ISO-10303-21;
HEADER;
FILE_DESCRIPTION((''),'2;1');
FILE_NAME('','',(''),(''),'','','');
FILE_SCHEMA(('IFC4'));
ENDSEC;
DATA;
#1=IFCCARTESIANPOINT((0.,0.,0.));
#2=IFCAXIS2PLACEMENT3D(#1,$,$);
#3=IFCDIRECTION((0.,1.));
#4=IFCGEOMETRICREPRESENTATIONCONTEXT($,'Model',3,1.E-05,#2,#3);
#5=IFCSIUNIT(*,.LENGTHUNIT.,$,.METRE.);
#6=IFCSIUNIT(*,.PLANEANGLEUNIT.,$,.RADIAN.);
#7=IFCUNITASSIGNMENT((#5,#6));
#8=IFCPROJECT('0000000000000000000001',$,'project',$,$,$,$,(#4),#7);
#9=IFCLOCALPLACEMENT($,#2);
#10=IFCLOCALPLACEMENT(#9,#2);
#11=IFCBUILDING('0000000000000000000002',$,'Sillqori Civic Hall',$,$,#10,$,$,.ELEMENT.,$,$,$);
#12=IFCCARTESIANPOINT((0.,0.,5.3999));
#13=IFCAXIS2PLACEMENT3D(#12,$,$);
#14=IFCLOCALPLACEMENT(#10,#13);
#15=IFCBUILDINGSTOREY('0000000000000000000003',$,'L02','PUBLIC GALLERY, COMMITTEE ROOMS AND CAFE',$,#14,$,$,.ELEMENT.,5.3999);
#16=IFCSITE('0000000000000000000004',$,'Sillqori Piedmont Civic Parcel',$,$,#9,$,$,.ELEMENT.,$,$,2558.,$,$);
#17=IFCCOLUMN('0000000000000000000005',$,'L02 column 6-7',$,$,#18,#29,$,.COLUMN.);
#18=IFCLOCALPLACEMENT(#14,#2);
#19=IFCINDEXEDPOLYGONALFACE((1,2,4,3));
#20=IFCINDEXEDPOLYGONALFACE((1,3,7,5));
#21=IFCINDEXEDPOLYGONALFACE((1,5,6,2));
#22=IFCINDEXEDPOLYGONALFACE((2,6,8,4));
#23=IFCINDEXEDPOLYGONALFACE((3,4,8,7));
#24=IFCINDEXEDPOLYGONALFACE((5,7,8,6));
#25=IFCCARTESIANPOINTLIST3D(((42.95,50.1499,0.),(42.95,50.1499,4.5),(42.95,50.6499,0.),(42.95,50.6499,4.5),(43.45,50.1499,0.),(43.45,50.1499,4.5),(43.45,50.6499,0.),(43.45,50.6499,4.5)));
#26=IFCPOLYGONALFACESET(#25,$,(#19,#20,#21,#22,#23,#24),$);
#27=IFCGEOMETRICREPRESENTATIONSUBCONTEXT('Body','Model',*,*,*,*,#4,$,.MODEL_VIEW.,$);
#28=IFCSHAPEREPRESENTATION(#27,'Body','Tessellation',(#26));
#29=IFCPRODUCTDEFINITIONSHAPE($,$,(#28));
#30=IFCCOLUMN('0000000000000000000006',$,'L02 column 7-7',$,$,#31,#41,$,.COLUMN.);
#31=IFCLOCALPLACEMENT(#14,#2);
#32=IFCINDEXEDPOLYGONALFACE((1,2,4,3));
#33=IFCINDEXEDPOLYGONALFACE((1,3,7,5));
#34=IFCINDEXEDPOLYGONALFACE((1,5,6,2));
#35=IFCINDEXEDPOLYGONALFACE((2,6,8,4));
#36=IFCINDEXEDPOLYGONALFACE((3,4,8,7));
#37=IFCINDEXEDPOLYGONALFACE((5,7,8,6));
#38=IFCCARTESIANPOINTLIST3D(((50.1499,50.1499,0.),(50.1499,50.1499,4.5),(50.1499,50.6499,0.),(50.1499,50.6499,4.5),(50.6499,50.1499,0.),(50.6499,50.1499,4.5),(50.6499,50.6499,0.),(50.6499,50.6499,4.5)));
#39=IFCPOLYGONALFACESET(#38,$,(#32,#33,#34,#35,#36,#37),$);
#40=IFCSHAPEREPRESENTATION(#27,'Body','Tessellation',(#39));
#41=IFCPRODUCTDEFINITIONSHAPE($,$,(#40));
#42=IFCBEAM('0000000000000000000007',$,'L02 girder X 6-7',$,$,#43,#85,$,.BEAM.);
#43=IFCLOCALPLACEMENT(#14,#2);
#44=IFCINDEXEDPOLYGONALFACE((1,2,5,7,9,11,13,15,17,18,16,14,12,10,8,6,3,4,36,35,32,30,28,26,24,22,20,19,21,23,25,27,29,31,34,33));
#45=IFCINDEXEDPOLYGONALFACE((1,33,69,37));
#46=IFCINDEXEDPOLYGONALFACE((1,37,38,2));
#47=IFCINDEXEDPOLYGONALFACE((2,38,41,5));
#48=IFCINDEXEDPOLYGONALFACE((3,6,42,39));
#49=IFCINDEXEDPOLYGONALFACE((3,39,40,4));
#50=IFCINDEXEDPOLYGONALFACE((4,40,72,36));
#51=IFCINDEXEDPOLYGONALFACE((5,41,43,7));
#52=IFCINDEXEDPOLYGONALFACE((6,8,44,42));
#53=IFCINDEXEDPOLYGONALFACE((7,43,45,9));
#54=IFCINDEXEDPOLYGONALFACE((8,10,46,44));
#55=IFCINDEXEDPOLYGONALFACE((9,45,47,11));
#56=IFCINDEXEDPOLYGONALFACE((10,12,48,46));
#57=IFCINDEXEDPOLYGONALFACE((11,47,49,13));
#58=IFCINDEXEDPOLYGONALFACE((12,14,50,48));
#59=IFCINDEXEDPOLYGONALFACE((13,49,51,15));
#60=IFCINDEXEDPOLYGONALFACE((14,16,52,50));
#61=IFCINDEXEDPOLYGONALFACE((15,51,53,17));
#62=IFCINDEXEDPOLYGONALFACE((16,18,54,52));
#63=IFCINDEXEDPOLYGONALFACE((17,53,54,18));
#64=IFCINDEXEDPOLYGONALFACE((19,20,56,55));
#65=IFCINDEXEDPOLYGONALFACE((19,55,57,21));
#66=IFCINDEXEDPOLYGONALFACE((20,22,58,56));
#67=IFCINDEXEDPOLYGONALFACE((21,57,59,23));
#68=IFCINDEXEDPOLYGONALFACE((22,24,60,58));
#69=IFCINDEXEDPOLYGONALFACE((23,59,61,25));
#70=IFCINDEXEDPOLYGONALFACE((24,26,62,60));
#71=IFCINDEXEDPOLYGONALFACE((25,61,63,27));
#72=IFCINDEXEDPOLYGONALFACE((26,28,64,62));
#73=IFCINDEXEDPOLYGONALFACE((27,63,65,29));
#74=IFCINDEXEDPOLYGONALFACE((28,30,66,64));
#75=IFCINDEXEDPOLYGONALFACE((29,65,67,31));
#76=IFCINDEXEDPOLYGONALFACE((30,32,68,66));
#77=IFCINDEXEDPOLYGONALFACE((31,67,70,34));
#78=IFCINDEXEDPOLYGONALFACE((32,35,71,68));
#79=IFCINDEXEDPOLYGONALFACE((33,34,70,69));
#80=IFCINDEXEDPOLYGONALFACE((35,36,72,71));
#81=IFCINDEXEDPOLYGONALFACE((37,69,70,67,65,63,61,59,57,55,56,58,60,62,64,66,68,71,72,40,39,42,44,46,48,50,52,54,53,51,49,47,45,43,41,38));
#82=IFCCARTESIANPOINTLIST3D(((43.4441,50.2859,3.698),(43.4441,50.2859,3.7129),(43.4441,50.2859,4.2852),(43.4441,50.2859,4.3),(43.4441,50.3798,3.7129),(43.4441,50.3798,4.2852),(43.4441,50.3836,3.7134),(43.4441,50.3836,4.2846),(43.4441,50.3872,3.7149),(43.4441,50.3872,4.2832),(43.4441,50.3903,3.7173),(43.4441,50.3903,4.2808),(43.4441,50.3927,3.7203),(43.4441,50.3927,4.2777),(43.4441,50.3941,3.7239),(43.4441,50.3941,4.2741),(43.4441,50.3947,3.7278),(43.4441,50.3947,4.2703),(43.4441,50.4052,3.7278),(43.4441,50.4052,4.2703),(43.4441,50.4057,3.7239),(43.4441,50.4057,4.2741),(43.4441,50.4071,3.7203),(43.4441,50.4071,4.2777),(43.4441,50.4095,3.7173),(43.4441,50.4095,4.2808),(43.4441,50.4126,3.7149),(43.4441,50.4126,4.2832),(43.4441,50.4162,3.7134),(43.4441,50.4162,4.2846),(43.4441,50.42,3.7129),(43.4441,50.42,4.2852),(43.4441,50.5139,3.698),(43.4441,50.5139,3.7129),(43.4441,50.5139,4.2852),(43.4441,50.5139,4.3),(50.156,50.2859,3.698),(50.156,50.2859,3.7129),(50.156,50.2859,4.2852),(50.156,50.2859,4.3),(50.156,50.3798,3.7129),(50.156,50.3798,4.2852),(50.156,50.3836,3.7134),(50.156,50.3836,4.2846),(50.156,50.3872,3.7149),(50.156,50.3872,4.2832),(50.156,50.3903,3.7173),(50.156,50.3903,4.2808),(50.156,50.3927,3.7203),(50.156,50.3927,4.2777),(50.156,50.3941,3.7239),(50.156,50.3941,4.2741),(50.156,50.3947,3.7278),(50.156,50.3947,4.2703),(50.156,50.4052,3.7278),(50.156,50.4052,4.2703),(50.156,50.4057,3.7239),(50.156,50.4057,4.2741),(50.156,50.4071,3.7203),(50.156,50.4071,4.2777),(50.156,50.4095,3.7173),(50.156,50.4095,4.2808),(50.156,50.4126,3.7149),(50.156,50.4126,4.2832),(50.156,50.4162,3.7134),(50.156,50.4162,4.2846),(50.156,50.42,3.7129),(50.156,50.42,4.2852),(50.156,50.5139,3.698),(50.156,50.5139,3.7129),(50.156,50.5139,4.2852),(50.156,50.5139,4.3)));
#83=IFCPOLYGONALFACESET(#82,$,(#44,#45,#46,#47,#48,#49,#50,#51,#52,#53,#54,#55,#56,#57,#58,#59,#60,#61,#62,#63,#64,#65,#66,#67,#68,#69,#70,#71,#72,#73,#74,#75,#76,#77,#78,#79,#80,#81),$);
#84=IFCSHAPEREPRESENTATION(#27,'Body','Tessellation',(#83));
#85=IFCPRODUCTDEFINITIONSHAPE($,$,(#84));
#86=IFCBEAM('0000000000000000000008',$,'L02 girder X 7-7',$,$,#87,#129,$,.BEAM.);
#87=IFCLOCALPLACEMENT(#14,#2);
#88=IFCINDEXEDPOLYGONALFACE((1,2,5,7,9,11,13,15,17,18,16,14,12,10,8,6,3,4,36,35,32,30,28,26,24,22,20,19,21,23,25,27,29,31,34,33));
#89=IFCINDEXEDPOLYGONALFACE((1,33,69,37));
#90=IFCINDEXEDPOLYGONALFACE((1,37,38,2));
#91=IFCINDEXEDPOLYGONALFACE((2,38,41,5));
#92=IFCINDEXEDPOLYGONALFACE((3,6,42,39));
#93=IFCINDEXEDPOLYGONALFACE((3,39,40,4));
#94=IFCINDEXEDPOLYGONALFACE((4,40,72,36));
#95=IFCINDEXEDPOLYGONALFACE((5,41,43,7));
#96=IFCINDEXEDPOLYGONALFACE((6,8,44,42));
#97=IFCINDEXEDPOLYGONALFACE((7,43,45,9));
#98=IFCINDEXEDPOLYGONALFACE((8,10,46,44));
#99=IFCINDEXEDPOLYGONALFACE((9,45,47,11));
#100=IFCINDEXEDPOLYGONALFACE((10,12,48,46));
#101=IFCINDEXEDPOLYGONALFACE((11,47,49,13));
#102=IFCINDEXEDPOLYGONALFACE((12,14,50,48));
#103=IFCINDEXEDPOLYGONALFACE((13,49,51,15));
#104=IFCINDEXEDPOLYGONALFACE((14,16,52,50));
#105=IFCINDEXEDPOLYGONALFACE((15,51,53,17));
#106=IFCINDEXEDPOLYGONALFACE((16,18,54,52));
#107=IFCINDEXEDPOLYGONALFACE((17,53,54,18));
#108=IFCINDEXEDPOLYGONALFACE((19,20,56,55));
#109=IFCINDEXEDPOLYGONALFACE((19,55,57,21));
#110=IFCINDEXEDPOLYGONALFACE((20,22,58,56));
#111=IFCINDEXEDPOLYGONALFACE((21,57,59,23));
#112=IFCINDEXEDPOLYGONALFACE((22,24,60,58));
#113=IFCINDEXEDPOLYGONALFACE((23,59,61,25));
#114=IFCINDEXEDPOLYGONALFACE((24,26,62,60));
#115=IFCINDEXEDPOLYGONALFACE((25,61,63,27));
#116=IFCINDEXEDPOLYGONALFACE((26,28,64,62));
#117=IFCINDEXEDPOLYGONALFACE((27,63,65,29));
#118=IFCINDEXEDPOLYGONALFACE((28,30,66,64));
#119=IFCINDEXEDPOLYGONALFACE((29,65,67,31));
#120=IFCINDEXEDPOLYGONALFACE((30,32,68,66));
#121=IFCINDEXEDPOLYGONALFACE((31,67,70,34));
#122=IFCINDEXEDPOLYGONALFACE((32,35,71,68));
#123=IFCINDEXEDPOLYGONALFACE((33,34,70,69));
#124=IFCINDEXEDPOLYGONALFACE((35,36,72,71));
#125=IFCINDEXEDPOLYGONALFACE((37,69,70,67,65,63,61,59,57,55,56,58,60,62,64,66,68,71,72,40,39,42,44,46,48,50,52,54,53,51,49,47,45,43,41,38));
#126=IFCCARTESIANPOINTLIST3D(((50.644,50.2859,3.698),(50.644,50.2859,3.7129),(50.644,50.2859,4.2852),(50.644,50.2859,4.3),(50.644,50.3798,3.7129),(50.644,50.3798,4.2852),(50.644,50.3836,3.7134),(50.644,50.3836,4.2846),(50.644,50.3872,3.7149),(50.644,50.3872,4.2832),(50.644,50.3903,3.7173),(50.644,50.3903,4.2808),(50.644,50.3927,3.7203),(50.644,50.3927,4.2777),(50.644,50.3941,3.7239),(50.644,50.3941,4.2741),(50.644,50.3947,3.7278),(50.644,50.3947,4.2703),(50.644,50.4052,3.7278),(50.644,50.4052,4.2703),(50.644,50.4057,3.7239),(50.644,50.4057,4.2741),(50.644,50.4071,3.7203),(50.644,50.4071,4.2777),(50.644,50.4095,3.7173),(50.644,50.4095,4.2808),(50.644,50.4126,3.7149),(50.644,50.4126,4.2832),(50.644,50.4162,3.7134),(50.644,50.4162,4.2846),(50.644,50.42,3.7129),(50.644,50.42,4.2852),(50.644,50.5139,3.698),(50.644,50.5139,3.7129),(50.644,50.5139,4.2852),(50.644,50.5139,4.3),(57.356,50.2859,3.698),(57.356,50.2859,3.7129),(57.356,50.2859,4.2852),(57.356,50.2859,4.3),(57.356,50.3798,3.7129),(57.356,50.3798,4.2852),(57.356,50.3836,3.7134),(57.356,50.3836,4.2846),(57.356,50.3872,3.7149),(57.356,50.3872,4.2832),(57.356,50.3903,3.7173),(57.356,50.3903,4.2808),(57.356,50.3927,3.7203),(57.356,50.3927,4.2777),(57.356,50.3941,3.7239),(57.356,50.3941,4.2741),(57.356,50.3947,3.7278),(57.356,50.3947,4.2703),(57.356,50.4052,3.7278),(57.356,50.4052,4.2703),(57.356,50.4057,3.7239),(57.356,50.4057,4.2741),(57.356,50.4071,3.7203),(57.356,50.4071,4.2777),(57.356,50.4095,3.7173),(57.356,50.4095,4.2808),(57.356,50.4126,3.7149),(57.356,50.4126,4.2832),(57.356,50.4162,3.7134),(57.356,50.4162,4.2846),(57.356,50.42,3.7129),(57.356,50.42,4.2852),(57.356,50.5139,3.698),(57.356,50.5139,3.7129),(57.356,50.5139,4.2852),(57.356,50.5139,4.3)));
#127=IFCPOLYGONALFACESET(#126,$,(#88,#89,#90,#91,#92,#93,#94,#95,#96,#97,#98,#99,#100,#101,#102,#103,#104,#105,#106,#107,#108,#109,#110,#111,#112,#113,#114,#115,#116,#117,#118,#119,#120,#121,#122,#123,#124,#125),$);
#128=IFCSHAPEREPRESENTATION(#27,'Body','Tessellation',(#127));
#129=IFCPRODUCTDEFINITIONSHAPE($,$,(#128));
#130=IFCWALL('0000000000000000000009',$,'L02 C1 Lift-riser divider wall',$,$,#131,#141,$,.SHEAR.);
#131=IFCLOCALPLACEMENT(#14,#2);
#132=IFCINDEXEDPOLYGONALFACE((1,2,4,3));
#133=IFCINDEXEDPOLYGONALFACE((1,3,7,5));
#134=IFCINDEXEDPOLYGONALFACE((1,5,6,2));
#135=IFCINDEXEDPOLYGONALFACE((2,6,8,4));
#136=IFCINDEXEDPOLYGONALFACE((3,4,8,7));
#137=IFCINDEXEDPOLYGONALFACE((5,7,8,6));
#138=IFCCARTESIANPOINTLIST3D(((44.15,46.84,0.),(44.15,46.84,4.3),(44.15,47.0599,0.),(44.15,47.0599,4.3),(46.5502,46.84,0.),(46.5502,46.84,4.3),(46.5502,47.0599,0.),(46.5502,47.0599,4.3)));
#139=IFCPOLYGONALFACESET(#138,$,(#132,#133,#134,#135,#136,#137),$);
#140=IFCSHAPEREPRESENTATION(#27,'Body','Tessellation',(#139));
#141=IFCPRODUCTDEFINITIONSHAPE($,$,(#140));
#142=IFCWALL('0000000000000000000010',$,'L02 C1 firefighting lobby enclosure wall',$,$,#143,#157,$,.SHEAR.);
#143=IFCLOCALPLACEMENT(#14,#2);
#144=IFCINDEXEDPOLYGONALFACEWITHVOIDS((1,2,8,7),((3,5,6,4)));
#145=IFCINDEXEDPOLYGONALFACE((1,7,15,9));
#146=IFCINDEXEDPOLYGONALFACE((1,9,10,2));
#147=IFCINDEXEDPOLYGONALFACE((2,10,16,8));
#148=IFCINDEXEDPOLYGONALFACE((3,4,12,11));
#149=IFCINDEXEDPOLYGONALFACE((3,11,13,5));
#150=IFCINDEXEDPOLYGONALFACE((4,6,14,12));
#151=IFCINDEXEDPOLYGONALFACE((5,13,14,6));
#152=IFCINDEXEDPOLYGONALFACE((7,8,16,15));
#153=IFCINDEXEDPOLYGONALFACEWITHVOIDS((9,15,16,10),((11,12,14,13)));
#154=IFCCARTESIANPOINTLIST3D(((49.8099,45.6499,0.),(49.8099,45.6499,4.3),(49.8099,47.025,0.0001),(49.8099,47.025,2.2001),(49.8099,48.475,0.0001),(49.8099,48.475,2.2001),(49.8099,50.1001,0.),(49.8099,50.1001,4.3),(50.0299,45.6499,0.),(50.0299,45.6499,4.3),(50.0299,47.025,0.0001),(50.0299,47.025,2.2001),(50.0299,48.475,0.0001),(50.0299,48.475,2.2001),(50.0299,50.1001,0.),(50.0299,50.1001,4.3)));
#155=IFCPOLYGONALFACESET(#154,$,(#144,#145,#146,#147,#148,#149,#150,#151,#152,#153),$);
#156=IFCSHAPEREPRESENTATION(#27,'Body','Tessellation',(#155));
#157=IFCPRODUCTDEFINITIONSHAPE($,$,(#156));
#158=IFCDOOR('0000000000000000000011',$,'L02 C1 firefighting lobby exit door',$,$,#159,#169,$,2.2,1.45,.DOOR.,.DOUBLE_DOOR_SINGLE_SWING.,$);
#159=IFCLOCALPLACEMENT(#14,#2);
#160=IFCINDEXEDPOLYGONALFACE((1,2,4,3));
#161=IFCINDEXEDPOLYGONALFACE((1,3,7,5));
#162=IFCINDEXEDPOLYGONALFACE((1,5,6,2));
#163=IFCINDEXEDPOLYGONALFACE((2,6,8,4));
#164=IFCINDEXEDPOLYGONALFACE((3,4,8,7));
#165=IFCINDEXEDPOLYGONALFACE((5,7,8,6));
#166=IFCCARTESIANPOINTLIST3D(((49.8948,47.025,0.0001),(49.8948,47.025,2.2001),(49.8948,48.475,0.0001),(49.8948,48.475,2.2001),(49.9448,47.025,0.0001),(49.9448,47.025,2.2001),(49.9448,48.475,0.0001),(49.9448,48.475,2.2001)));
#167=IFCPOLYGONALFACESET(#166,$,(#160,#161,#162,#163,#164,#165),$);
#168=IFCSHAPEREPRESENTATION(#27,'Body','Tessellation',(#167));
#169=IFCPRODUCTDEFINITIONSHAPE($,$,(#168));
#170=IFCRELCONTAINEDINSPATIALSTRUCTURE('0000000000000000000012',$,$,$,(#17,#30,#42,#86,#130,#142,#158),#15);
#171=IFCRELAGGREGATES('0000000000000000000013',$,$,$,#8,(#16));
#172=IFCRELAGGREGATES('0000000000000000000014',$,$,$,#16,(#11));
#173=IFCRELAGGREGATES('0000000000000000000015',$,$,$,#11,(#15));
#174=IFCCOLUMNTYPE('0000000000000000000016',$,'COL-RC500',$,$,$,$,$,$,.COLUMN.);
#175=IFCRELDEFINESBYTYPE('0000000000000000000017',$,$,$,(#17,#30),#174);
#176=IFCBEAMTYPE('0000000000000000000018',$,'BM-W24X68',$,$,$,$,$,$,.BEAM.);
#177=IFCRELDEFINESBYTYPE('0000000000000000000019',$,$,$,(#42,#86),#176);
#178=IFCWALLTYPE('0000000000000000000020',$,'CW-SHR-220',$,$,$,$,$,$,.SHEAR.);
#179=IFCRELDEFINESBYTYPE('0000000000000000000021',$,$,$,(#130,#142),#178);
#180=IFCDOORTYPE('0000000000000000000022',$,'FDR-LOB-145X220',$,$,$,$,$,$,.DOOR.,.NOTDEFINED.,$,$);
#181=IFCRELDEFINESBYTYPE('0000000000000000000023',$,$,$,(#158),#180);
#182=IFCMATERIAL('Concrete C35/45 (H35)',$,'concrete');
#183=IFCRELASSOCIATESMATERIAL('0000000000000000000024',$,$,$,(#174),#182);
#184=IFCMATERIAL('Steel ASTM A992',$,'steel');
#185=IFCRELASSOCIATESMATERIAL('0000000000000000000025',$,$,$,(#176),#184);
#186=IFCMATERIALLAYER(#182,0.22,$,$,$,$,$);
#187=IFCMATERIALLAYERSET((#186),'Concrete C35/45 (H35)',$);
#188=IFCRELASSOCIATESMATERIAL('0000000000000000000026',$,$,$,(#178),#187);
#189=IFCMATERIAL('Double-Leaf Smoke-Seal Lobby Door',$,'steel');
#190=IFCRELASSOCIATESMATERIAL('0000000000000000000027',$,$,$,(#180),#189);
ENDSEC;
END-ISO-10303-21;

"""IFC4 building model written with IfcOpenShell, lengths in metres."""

from ifc_helpers import new_model, si_unit, direction, frame, frame_2d, origin, origin_2d, place, context, subcontext, project, spatial, rectangle, i_section, extrude, material, layer, layer_set, material_profile, profile_set, type_object, element, fill, save


model = new_model("IFC4")

# Units and contexts
model_context = context("Model", 3, precision=1e-05, world=origin(), true_north=direction((0.0, 1.0)))
body_context = subcontext(model_context, "Body", "Model", "MODEL_VIEW")
ifc_project = project(units=[si_unit("LENGTHUNIT", "METRE"), si_unit("PLANEANGLEUNIT", "RADIAN")], contexts=[model_context])

# Site, building, storey
site_placement = place(None, origin())
site = spatial("IfcSite", under=ifc_project, at=site_placement, Name="Sillqori Piedmont Civic Parcel", CompositionType="ELEMENT", RefElevation=2558.0)
building_placement = place(site_placement, origin())
building = spatial("IfcBuilding", under=site, at=building_placement, Name="Sillqori Civic Hall", CompositionType="ELEMENT")
storey_placement = place(building_placement, frame((0.0, 0.0, 5.3999)))
storey = spatial("IfcBuildingStorey", under=building, at=storey_placement, Name="L02", Description="PUBLIC GALLERY, COMMITTEE ROOMS AND CAFE", CompositionType="ELEMENT", Elevation=5.3999)

# Columns
ifc_material_1 = material(Name="Concrete C35/45 (H35)", Category="concrete")
ifc_material_profile_1 = material_profile(ifc_material_1, rectangle(XDim=0.5, YDim=0.5, at=origin_2d()), Name="RC 500x500")
ifc_profile_set_1 = profile_set([ifc_material_profile_1], Name="Concrete C35/45 (H35)")
column_type = type_object("IfcColumnType", Name="COL-RC500", PredefinedType="COLUMN", material=ifc_profile_set_1)
for number, where, z_axis, x_axis, name in (
    (1, (43.2, 50.3999, 0.0), (0.0, 0.0, 1.0), (1.0, 0.0, 0.0), "L02 column 6-7"),
    (2, (50.3999, 50.3999, 0.0), (0.0, 0.0, 1.0), (1.0, 0.0, 0.0), "L02 column 7-7"),
):
    element("IfcColumn", number, at=place(storey_placement, frame(where, z_axis=z_axis, x_axis=x_axis)), inside=storey, type_object=column_type, Name=name, PredefinedType="COLUMN", context=body_context, shape_type="SweptSolid", body=[
        extrude(rectangle(XDim=0.5, YDim=0.5, at=origin_2d()), origin(), (0.0, 0.0, 1.0), 4.5),
    ])

# Beams
ifc_material_2 = material(Name="Steel ASTM A992", Category="steel")
ifc_material_profile_2 = material_profile(ifc_material_2, i_section(OverallWidth=0.228, OverallDepth=0.6021, WebThickness=0.0105, FlangeThickness=0.0149, FilletRadius=0.0149, at=origin_2d()), Name="W24X68")
ifc_profile_set_2 = profile_set([ifc_material_profile_2], Name="Steel ASTM A992")
beam_type = type_object("IfcBeamType", Name="BM-W24X68", PredefinedType="BEAM", material=ifc_profile_set_2)
for number, where, z_axis, x_axis, name in (
    (3, (43.4441, 50.3999, 3.999), (1.0, 0.0, 0.0), (0.0, 1.0, 0.0), "L02 girder X 6-7"),
    (4, (50.644, 50.3999, 3.999), (1.0, 0.0, 0.0), (0.0, 1.0, 0.0), "L02 girder X 7-7"),
):
    element("IfcBeam", number, at=place(storey_placement, frame(where, z_axis=z_axis, x_axis=x_axis)), inside=storey, type_object=beam_type, Name=name, PredefinedType="BEAM", context=body_context, shape_type="SweptSolid", body=[
        extrude(i_section(OverallWidth=0.228, OverallDepth=0.6021, WebThickness=0.0105, FlangeThickness=0.0149, FilletRadius=0.0149, at=origin_2d()), origin(), (0.0, 0.0, 1.0), 6.7119),
    ])

# Wall
ifc_layer_1 = layer(ifc_material_1, 0.22)
ifc_layer_set_1 = layer_set([ifc_layer_1], Name="Concrete C35/45 (H35)")
wall_type_1 = type_object("IfcWallType", Name="CW-SHR-220", PredefinedType="SHEAR", material=ifc_layer_set_1)
wall_1_placement = place(storey_placement, frame((44.1499, 46.95, 0.0), z_axis=(0.0, 0.0, 1.0), x_axis=(1.0, 0.0, 0.0)))
element("IfcWall", 5, at=wall_1_placement, inside=storey, type_object=wall_type_1, Name="L02 C1 Lift-riser divider wall", PredefinedType="SHEAR", context=body_context, shape_type="SweptSolid", body=[
    extrude(rectangle(XDim=2.4001, YDim=0.22, at=frame_2d((1.2002, 0.0))), origin(), (0.0, 0.0, 1.0), 4.3),
])

# Wall, opening, door
wall_2_placement = place(storey_placement, frame((49.9199, 50.1001, 0.0), z_axis=(0.0, 0.0, 1.0), x_axis=(0.0, -1.0, 0.0)))
wall_2 = element("IfcWall", 6, at=wall_2_placement, inside=storey, type_object=wall_type_1, Name="L02 C1 firefighting lobby enclosure wall", PredefinedType="SHEAR", context=body_context, shape_type="SweptSolid", body=[
    extrude(rectangle(XDim=4.4502, YDim=0.22, at=frame_2d((2.2251, 0.0))), origin(), (0.0, 0.0, 1.0), 4.3),
])
opening_1_placement = place(wall_2_placement, frame((1.625, 0.0, 0.0)))
opening_1 = element("IfcOpeningElement", 7, at=opening_1_placement, cuts=wall_2, PredefinedType="OPENING", context=body_context, shape_type="SweptSolid", body=[
    extrude(rectangle(XDim=1.45, YDim=2.2, at=frame_2d((0.7251, 1.1001))), frame((0.0, 0.1199, 0.0), z_axis=(0.0, -1.0, 0.0), x_axis=(1.0, 0.0, 0.0)), (0.0, 0.0, 1.0), 0.24),
])
ifc_material_3 = material(Name="Double-Leaf Smoke-Seal Lobby Door", Category="steel")
door_type_1 = type_object("IfcDoorType", Name="FDR-LOB-145X220", OperationType="NOTDEFINED", PredefinedType="DOOR", material=ifc_material_3)
door_1_placement = place(opening_1_placement, origin())
door_1 = element("IfcDoor", 8, at=door_1_placement, inside=storey, type_object=door_type_1, Name="L02 C1 firefighting lobby exit door", OperationType="DOUBLE_DOOR_SINGLE_SWING", OverallHeight=2.2, OverallWidth=1.45, PredefinedType="DOOR", context=body_context, shape_type="SweptSolid", body=[
    extrude(rectangle(XDim=1.45, YDim=2.2, at=frame_2d((0.7251, 1.1001))), frame((0.0, 0.0249, 0.0), z_axis=(0.0, -1.0, 0.0), x_axis=(1.0, 0.0, 0.0)), (0.0, 0.0, 1.0), 0.05),
])
fill(opening_1, door_1)

save(model, "model.ifc")
